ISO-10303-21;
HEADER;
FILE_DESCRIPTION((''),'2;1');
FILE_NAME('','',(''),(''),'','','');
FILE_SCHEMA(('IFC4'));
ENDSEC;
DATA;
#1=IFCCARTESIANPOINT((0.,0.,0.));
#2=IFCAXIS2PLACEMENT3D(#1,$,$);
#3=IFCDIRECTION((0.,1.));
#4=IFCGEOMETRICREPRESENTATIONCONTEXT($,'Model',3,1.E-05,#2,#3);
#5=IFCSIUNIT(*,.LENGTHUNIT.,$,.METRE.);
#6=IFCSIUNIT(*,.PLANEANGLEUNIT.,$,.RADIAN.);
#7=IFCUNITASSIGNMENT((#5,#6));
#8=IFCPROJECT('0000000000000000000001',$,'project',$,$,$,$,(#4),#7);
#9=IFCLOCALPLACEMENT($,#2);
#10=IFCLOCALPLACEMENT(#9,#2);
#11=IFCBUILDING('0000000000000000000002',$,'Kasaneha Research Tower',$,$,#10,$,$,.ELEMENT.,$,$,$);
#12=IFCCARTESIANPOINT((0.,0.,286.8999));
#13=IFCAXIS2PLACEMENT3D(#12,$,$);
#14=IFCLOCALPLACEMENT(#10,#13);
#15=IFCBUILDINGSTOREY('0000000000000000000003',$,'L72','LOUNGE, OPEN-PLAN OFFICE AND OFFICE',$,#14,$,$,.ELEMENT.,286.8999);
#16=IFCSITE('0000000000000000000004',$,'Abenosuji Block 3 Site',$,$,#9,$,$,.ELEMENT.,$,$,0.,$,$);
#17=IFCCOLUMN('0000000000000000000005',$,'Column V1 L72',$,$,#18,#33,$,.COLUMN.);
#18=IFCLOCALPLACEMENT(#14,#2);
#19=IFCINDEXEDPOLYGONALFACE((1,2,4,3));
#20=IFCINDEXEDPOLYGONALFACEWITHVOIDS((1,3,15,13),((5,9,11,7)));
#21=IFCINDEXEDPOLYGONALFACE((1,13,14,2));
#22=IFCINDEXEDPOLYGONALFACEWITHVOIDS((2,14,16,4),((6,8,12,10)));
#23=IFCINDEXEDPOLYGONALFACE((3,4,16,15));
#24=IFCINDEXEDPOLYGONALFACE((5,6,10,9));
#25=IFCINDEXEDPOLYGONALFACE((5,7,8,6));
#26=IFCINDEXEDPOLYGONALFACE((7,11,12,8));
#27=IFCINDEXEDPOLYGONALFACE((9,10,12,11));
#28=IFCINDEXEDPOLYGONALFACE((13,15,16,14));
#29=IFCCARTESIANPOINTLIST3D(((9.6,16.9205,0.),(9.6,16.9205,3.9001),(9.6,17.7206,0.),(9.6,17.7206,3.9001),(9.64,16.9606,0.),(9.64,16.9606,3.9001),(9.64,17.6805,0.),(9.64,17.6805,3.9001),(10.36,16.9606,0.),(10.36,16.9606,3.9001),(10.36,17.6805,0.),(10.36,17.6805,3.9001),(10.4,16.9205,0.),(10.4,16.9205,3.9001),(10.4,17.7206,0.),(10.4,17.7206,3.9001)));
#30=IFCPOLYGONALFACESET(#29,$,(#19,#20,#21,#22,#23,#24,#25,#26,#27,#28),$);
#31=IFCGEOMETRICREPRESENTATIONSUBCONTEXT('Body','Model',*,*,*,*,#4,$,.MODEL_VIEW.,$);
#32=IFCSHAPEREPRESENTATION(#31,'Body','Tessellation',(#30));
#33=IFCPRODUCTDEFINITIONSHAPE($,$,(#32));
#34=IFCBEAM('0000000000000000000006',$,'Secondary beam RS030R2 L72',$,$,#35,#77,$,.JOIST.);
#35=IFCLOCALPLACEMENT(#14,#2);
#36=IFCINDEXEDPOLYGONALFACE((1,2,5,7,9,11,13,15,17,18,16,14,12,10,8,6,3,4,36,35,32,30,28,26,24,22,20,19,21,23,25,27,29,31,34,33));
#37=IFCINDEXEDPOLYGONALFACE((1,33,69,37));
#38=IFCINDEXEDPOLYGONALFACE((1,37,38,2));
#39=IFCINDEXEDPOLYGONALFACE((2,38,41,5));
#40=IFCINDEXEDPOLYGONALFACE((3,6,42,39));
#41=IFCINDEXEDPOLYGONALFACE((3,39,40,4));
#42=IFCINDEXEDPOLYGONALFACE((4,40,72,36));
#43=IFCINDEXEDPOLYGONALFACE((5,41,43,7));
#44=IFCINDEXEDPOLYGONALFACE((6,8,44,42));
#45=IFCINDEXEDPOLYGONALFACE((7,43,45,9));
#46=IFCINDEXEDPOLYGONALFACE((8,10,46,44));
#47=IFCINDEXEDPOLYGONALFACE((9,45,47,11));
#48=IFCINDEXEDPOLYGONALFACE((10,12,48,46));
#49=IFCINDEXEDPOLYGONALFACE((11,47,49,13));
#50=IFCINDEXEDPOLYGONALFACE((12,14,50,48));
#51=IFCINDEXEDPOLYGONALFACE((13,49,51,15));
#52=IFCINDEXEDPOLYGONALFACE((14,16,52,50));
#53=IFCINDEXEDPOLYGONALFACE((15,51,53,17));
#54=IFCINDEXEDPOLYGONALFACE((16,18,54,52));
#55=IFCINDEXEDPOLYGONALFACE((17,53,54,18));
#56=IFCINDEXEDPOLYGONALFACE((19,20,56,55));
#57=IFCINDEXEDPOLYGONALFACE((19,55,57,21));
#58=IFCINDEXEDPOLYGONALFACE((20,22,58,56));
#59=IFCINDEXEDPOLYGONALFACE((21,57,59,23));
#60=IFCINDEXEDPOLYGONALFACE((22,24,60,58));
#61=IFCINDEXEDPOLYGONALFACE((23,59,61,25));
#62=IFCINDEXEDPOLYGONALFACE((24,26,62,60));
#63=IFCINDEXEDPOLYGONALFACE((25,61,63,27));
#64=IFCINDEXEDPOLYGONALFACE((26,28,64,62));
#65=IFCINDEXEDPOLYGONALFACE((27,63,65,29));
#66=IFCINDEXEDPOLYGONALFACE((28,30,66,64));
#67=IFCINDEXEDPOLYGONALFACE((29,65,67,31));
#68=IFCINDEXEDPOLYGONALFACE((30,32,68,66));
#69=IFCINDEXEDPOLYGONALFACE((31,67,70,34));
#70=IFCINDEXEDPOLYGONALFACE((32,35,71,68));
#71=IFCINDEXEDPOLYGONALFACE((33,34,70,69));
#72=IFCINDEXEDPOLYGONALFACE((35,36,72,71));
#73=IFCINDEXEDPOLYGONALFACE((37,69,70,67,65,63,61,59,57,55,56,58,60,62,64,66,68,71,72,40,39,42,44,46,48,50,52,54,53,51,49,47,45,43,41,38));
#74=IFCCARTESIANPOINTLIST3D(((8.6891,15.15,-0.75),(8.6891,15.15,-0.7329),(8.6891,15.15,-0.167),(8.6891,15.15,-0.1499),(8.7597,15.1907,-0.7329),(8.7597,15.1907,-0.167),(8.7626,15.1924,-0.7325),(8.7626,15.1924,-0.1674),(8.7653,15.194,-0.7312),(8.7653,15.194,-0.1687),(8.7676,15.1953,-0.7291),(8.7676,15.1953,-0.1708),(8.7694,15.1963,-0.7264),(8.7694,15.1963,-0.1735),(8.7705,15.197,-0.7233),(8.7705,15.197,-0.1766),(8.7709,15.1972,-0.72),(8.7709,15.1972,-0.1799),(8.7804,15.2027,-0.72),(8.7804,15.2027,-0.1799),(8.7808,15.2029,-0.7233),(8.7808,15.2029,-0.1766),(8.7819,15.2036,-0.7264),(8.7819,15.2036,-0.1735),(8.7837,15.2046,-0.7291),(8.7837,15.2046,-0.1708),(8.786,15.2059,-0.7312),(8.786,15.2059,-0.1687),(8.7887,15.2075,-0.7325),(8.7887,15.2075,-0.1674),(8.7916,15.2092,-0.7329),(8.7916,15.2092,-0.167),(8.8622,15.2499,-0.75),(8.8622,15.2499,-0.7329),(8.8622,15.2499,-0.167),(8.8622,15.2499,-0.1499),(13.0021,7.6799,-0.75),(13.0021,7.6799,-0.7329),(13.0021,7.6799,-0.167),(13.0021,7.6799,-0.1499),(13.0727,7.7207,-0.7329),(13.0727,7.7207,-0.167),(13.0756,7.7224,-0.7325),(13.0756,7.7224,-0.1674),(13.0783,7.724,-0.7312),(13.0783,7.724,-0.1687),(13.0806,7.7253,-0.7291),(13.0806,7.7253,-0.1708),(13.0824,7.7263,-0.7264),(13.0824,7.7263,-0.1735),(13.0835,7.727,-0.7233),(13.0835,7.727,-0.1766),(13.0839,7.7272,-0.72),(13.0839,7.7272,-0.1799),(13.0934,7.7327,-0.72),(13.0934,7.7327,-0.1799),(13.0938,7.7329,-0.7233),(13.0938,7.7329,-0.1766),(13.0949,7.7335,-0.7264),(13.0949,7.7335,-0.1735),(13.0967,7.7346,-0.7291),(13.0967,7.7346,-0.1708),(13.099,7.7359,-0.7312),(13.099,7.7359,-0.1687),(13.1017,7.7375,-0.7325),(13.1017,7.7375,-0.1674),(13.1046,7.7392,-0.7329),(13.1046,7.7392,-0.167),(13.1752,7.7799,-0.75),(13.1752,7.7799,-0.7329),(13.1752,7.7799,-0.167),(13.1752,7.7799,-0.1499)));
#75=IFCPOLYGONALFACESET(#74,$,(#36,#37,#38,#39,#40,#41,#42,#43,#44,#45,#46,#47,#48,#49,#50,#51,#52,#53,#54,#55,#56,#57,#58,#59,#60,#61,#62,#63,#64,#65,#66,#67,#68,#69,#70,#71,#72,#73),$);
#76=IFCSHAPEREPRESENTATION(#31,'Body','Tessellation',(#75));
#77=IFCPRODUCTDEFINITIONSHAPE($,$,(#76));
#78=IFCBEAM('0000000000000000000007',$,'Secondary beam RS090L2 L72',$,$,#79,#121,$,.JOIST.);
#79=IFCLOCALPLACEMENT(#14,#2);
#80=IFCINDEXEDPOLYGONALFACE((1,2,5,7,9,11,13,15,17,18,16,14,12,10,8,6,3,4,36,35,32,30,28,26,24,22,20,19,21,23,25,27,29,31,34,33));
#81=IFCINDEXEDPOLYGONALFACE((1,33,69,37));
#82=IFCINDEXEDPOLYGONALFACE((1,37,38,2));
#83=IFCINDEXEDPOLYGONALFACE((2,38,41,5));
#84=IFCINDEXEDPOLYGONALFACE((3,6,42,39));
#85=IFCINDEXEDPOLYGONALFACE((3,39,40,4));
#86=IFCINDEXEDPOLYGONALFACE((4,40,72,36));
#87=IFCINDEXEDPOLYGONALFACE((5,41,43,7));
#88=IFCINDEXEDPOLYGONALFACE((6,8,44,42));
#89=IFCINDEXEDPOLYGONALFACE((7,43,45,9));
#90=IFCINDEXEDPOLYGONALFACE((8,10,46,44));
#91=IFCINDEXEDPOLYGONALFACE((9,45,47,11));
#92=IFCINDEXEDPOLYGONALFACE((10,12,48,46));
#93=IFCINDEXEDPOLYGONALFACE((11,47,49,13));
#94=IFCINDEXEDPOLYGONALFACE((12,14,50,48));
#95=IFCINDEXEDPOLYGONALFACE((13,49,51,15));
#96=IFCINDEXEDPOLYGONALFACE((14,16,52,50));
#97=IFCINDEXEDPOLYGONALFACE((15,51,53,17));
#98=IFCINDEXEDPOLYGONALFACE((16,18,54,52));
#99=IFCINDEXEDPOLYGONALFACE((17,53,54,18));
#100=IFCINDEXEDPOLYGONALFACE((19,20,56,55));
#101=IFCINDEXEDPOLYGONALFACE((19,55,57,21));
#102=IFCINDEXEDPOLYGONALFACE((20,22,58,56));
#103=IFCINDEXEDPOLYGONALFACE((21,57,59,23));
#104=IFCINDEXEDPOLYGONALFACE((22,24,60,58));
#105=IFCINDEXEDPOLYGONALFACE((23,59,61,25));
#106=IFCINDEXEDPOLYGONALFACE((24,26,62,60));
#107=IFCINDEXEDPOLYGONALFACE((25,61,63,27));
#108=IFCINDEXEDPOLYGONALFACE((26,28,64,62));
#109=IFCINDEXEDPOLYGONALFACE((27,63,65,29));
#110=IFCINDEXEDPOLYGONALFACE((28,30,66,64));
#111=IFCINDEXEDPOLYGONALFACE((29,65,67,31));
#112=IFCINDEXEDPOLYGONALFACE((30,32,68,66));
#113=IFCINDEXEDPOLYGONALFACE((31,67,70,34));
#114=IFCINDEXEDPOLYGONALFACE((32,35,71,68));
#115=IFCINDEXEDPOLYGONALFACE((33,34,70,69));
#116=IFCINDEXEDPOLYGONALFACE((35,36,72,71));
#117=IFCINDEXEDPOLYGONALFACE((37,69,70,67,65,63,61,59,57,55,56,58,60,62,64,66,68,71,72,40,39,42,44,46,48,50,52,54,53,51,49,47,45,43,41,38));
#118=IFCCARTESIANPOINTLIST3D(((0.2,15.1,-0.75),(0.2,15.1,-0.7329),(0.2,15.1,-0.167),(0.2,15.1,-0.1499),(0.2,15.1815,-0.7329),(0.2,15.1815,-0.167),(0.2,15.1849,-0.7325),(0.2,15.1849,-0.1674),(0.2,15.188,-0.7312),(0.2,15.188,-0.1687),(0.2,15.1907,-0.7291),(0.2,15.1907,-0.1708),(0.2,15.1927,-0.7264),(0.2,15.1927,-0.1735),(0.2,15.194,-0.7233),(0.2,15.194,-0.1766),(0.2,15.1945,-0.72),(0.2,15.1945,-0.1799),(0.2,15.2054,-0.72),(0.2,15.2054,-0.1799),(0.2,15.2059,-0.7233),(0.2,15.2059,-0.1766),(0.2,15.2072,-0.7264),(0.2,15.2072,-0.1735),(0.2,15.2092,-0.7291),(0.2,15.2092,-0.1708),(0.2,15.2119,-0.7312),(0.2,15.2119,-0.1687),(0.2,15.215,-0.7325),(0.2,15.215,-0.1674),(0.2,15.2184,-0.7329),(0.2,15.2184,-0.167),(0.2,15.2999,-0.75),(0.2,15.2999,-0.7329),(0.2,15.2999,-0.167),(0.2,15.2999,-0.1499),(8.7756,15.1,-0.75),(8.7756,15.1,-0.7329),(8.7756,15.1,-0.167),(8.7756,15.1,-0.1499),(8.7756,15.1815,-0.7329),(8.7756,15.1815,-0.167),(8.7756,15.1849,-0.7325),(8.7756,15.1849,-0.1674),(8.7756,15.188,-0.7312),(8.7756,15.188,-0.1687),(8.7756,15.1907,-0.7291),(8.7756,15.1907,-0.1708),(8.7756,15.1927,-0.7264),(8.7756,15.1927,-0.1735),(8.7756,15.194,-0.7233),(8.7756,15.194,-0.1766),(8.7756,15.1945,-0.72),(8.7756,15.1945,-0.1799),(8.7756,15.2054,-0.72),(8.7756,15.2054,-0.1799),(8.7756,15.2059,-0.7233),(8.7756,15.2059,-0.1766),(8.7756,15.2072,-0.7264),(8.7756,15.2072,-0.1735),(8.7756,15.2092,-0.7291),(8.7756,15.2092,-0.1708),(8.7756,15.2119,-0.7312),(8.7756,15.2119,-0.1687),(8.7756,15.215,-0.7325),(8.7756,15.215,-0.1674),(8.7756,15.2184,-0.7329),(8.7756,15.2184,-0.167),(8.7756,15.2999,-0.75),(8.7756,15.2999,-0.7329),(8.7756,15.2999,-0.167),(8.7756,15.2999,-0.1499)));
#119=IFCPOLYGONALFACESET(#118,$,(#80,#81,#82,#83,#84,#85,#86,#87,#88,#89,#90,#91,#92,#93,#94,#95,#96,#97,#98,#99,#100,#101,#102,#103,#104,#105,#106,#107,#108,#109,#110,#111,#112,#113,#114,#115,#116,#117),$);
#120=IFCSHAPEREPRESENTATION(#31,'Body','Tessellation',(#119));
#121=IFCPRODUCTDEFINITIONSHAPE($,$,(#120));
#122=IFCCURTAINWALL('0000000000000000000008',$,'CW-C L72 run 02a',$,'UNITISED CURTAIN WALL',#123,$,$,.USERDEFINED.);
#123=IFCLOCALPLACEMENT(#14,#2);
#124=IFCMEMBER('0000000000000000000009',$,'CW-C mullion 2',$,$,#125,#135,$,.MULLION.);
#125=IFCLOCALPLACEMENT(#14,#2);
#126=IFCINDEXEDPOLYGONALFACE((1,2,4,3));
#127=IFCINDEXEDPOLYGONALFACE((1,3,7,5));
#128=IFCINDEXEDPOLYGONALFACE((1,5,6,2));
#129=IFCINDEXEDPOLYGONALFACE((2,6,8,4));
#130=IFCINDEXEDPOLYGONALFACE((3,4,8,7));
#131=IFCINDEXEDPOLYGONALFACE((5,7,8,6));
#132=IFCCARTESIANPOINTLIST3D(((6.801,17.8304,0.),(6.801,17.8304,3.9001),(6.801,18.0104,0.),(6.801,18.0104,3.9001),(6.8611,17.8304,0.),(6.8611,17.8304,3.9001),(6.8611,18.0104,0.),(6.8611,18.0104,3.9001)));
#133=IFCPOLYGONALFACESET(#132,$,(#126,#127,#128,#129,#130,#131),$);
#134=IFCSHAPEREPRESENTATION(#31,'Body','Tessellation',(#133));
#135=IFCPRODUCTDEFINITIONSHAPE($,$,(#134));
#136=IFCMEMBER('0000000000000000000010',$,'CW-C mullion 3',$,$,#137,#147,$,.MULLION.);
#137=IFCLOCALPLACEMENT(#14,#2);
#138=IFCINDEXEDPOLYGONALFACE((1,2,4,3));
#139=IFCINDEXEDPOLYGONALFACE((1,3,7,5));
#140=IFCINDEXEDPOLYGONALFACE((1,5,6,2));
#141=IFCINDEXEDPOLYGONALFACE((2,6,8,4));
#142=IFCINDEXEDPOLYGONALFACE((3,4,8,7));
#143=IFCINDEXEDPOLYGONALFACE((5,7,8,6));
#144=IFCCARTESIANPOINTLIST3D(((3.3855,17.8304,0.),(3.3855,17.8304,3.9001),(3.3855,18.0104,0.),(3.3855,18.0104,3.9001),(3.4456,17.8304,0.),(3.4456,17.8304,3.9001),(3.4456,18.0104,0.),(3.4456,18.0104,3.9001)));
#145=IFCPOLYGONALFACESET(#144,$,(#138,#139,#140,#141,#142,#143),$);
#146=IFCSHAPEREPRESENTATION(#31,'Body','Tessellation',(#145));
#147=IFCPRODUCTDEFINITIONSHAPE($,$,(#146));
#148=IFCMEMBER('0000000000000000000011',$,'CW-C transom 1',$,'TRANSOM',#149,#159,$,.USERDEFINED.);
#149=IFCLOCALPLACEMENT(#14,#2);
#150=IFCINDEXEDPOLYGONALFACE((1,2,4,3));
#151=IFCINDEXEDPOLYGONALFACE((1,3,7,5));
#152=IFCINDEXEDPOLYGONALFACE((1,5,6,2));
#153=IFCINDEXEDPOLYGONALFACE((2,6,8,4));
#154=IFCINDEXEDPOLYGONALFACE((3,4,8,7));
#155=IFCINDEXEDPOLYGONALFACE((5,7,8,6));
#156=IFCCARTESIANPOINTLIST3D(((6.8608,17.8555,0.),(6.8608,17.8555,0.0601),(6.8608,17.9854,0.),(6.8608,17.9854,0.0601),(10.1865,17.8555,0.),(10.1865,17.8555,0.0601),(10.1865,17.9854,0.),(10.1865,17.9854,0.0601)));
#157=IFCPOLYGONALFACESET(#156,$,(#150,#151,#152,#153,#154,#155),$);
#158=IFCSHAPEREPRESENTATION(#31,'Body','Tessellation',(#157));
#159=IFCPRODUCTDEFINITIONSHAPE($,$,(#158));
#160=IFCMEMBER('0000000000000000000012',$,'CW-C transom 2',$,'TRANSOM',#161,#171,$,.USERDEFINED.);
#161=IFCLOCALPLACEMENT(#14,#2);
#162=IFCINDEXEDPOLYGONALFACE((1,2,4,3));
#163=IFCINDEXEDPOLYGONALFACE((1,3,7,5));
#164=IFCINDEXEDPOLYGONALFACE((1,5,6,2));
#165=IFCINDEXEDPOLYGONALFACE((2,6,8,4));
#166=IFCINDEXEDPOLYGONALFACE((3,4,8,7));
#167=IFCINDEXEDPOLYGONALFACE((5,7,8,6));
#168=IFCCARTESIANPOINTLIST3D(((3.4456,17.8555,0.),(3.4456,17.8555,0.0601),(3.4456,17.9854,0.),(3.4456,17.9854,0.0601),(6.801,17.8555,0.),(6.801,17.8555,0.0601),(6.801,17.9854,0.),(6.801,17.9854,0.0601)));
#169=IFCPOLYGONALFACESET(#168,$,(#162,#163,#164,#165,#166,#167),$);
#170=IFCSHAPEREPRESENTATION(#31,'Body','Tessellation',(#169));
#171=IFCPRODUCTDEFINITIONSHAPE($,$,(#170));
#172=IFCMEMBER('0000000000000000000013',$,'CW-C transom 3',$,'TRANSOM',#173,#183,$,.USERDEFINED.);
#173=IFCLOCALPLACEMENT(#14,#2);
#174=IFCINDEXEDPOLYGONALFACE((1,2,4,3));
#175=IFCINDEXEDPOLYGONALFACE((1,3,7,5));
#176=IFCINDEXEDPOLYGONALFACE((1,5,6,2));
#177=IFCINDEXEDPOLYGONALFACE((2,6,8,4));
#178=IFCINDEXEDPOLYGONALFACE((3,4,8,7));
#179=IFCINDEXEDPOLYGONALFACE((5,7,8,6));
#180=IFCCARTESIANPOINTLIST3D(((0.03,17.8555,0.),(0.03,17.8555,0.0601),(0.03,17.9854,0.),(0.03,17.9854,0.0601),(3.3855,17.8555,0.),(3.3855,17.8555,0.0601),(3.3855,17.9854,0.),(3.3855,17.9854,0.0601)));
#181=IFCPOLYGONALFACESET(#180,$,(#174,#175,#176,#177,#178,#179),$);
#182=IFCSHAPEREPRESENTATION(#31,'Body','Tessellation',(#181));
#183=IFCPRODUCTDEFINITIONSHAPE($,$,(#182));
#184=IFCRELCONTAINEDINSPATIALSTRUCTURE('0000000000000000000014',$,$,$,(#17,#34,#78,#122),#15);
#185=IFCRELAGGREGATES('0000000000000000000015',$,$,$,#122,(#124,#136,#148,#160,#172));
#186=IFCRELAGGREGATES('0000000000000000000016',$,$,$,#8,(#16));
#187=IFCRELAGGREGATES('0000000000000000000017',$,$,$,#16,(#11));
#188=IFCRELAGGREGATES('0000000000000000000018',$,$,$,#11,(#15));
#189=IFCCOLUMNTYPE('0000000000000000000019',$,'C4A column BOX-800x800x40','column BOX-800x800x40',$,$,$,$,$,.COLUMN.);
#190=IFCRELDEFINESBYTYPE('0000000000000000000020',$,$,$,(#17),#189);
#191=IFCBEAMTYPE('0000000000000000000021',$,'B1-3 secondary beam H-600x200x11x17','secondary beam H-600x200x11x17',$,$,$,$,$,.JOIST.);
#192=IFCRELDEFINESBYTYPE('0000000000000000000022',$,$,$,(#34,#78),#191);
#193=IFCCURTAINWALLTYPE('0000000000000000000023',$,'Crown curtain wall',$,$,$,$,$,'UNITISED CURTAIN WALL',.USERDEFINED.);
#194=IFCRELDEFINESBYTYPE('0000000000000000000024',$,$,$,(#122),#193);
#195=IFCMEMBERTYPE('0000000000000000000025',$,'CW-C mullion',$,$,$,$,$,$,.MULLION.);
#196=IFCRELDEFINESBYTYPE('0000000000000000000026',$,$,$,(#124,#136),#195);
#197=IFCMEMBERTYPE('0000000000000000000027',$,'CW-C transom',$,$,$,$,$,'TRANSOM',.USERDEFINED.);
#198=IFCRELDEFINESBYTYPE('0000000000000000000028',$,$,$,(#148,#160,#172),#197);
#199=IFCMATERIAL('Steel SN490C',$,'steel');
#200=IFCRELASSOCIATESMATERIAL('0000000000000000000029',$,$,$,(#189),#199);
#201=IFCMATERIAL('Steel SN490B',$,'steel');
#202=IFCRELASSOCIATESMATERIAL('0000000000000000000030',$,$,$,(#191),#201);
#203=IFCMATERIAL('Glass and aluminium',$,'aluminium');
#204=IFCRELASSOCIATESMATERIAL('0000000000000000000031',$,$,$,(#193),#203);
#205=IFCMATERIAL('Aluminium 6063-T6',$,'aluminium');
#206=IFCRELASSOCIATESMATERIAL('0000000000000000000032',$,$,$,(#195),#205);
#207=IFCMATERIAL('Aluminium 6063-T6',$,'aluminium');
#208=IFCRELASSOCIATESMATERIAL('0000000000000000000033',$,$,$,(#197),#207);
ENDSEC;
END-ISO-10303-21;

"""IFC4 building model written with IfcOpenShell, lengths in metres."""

from ifc_helpers import new_model, si_unit, direction, frame, origin, origin_2d, place, context, subcontext, project, spatial, rectangle, hollow_rectangle, i_section, extrude, material, material_profile, profile_set, type_object, element, aggregate, save


model = new_model("IFC4")

# Units and contexts
model_context = context("Model", 3, precision=1e-05, world=origin(), true_north=direction((0.0, 1.0)))
body_context = subcontext(model_context, "Body", "Model", "MODEL_VIEW")
ifc_project = project(units=[si_unit("LENGTHUNIT", "METRE"), si_unit("PLANEANGLEUNIT", "RADIAN")], contexts=[model_context])

# Site, building, storey
site_placement = place(None, origin())
site = spatial("IfcSite", under=ifc_project, at=site_placement, Name="Abenosuji Block 3 Site", CompositionType="ELEMENT", RefElevation=0.0)
building_placement = place(site_placement, origin())
building = spatial("IfcBuilding", under=site, at=building_placement, Name="Kasaneha Research Tower", CompositionType="ELEMENT")
storey_placement = place(building_placement, frame((0.0, 0.0, 286.8999)))
storey = spatial("IfcBuildingStorey", under=building, at=storey_placement, Name="L72", Description="LOUNGE, OPEN-PLAN OFFICE AND OFFICE", CompositionType="ELEMENT", Elevation=286.8999)

# Column
ifc_material_1 = material(Name="Steel SN490C", Category="steel")
ifc_material_profile_1 = material_profile(ifc_material_1, hollow_rectangle(XDim=0.8, YDim=0.8, WallThickness=0.04, at=origin_2d()), Name="BOX-800x800x40")
ifc_profile_set_1 = profile_set([ifc_material_profile_1], Name="Steel SN490C")
column_type = type_object("IfcColumnType", Name="C4A column BOX-800x800x40", Description="column BOX-800x800x40", PredefinedType="COLUMN", material=ifc_profile_set_1)
column_placement = place(storey_placement, frame((10.0, 17.3206, 0.0), z_axis=(0.0, 0.0, 1.0), x_axis=(1.0, 0.0, 0.0)))
element("IfcColumn", 1, at=column_placement, inside=storey, type_object=column_type, Name="Column V1 L72", PredefinedType="COLUMN", context=body_context, shape_type="SweptSolid", body=[
    extrude(hollow_rectangle(XDim=0.8, YDim=0.8, WallThickness=0.04, at=origin_2d()), origin(), (0.0, 0.0, 1.0), 3.9001),
])

# Beams
ifc_material_2 = material(Name="Steel SN490B", Category="steel")
ifc_material_profile_2 = material_profile(ifc_material_2, i_section(OverallWidth=0.2, OverallDepth=0.6001, WebThickness=0.011, FlangeThickness=0.0171, FilletRadius=0.0129, at=origin_2d()), Name="H-600x200x11x17")
ifc_profile_set_2 = profile_set([ifc_material_profile_2], Name="Steel SN490B")
beam_type_1 = type_object("IfcBeamType", Name="B1-3 secondary beam H-600x200x11x17", Description="secondary beam H-600x200x11x17", PredefinedType="JOIST", material=ifc_profile_set_2)
beam_1_placement = place(storey_placement, frame((8.7756, 15.2, -0.45), z_axis=(0.500017, -0.866015, 0.0), x_axis=(0.866015, 0.500017, 0.0)))
element("IfcBeam", 2, at=beam_1_placement, inside=storey, type_object=beam_type_1, Name="Secondary beam RS030R2 L72", PredefinedType="JOIST", context=body_context, shape_type="SweptSolid", body=[
    extrude(i_section(OverallWidth=0.2, OverallDepth=0.6001, WebThickness=0.011, FlangeThickness=0.0171, FilletRadius=0.0129, at=origin_2d()), origin(), (0.0, 0.0, 1.0), 8.6257),
])
beam_2_placement = place(storey_placement, frame((8.7756, 15.2, -0.45), z_axis=(-1.0, 0.0, 0.0), x_axis=(0.0, -1.0, 0.0)))
element("IfcBeam", 3, at=beam_2_placement, inside=storey, type_object=beam_type_1, Name="Secondary beam RS090L2 L72", PredefinedType="JOIST", context=body_context, shape_type="SweptSolid", body=[
    extrude(i_section(OverallWidth=0.2, OverallDepth=0.6001, WebThickness=0.011, FlangeThickness=0.0171, FilletRadius=0.0129, at=origin_2d()), origin(), (0.0, 0.0, 1.0), 8.5757),
])

# Curtain wall, members
ifc_material_3 = material(Name="Glass and aluminium", Category="aluminium")
curtain_wall_type = type_object("IfcCurtainWallType", Name="Crown curtain wall", ElementType="UNITISED CURTAIN WALL", PredefinedType="USERDEFINED", material=ifc_material_3)
curtain_wall_placement = place(storey_placement, origin())
curtain_wall = element("IfcCurtainWall", 4, at=curtain_wall_placement, inside=storey, type_object=curtain_wall_type, Name="CW-C L72 run 02a", ObjectType="UNITISED CURTAIN WALL", PredefinedType="USERDEFINED")
ifc_material_4 = material(Name="Aluminium 6063-T6", Category="aluminium")
ifc_material_profile_3 = material_profile(ifc_material_4, rectangle(XDim=0.0601, YDim=0.1799, at=origin_2d()), Name="CW-C mullion 60x180")
ifc_profile_set_3 = profile_set([ifc_material_profile_3], Name="Aluminium 6063-T6")
member_type_1 = type_object("IfcMemberType", Name="CW-C mullion", PredefinedType="MULLION", material=ifc_profile_set_3)
member_1_placement = place(storey_placement, frame((6.8311, 17.9204, 0.0), z_axis=(0.0, 0.0, 1.0), x_axis=(-1.0, 0.0, 0.0)))
member_1 = element("IfcMember", 5, at=member_1_placement, type_object=member_type_1, Name="CW-C mullion 2", PredefinedType="MULLION", context=body_context, shape_type="SweptSolid", body=[
    extrude(rectangle(XDim=0.0601, YDim=0.1799, at=origin_2d()), origin(), (0.0, 0.0, 1.0), 3.9001),
])
member_2_placement = place(storey_placement, frame((3.4155, 17.9204, 0.0), z_axis=(0.0, 0.0, 1.0), x_axis=(-1.0, 0.0, 0.0)))
member_2 = element("IfcMember", 6, at=member_2_placement, type_object=member_type_1, Name="CW-C mullion 3", PredefinedType="MULLION", context=body_context, shape_type="SweptSolid", body=[
    extrude(rectangle(XDim=0.0601, YDim=0.1799, at=origin_2d()), origin(), (0.0, 0.0, 1.0), 3.9001),
])
ifc_material_5 = material(Name="Aluminium 6063-T6", Category="aluminium")
ifc_material_profile_4 = material_profile(ifc_material_5, rectangle(XDim=0.1299, YDim=0.0601, at=origin_2d()), Name="CW-C transom 130x60")
ifc_profile_set_4 = profile_set([ifc_material_profile_4], Name="Aluminium 6063-T6")
member_type_2 = type_object("IfcMemberType", Name="CW-C transom", ElementType="TRANSOM", PredefinedType="USERDEFINED", material=ifc_profile_set_4)
member_3_placement = place(storey_placement, frame((10.1865, 17.9204, 0.03), z_axis=(-1.0, 0.0, 0.0), x_axis=(0.0, -1.0, 0.0)))
member_3 = element("IfcMember", 7, at=member_3_placement, type_object=member_type_2, Name="CW-C transom 1", ObjectType="TRANSOM", PredefinedType="USERDEFINED", context=body_context, shape_type="SweptSolid", body=[
    extrude(rectangle(XDim=0.1299, YDim=0.0601, at=origin_2d()), origin(), (0.0, 0.0, 1.0), 3.3257),
])
member_4_placement = place(storey_placement, frame((6.801, 17.9204, 0.03), z_axis=(-1.0, 0.0, 0.0), x_axis=(0.0, -1.0, 0.0)))
member_4 = element("IfcMember", 8, at=member_4_placement, type_object=member_type_2, Name="CW-C transom 2", ObjectType="TRANSOM", PredefinedType="USERDEFINED", context=body_context, shape_type="SweptSolid", body=[
    extrude(rectangle(XDim=0.1299, YDim=0.0601, at=origin_2d()), origin(), (0.0, 0.0, 1.0), 3.3555),
])
member_5_placement = place(storey_placement, frame((3.3855, 17.9204, 0.03), z_axis=(-1.0, 0.0, 0.0), x_axis=(0.0, -1.0, 0.0)))
member_5 = element("IfcMember", 9, at=member_5_placement, type_object=member_type_2, Name="CW-C transom 3", ObjectType="TRANSOM", PredefinedType="USERDEFINED", context=body_context, shape_type="SweptSolid", body=[
    extrude(rectangle(XDim=0.1299, YDim=0.0601, at=origin_2d()), origin(), (0.0, 0.0, 1.0), 3.3555),
])

aggregate(curtain_wall, [member_1, member_2, member_3, member_4, member_5])

save(model, "model.ifc")
